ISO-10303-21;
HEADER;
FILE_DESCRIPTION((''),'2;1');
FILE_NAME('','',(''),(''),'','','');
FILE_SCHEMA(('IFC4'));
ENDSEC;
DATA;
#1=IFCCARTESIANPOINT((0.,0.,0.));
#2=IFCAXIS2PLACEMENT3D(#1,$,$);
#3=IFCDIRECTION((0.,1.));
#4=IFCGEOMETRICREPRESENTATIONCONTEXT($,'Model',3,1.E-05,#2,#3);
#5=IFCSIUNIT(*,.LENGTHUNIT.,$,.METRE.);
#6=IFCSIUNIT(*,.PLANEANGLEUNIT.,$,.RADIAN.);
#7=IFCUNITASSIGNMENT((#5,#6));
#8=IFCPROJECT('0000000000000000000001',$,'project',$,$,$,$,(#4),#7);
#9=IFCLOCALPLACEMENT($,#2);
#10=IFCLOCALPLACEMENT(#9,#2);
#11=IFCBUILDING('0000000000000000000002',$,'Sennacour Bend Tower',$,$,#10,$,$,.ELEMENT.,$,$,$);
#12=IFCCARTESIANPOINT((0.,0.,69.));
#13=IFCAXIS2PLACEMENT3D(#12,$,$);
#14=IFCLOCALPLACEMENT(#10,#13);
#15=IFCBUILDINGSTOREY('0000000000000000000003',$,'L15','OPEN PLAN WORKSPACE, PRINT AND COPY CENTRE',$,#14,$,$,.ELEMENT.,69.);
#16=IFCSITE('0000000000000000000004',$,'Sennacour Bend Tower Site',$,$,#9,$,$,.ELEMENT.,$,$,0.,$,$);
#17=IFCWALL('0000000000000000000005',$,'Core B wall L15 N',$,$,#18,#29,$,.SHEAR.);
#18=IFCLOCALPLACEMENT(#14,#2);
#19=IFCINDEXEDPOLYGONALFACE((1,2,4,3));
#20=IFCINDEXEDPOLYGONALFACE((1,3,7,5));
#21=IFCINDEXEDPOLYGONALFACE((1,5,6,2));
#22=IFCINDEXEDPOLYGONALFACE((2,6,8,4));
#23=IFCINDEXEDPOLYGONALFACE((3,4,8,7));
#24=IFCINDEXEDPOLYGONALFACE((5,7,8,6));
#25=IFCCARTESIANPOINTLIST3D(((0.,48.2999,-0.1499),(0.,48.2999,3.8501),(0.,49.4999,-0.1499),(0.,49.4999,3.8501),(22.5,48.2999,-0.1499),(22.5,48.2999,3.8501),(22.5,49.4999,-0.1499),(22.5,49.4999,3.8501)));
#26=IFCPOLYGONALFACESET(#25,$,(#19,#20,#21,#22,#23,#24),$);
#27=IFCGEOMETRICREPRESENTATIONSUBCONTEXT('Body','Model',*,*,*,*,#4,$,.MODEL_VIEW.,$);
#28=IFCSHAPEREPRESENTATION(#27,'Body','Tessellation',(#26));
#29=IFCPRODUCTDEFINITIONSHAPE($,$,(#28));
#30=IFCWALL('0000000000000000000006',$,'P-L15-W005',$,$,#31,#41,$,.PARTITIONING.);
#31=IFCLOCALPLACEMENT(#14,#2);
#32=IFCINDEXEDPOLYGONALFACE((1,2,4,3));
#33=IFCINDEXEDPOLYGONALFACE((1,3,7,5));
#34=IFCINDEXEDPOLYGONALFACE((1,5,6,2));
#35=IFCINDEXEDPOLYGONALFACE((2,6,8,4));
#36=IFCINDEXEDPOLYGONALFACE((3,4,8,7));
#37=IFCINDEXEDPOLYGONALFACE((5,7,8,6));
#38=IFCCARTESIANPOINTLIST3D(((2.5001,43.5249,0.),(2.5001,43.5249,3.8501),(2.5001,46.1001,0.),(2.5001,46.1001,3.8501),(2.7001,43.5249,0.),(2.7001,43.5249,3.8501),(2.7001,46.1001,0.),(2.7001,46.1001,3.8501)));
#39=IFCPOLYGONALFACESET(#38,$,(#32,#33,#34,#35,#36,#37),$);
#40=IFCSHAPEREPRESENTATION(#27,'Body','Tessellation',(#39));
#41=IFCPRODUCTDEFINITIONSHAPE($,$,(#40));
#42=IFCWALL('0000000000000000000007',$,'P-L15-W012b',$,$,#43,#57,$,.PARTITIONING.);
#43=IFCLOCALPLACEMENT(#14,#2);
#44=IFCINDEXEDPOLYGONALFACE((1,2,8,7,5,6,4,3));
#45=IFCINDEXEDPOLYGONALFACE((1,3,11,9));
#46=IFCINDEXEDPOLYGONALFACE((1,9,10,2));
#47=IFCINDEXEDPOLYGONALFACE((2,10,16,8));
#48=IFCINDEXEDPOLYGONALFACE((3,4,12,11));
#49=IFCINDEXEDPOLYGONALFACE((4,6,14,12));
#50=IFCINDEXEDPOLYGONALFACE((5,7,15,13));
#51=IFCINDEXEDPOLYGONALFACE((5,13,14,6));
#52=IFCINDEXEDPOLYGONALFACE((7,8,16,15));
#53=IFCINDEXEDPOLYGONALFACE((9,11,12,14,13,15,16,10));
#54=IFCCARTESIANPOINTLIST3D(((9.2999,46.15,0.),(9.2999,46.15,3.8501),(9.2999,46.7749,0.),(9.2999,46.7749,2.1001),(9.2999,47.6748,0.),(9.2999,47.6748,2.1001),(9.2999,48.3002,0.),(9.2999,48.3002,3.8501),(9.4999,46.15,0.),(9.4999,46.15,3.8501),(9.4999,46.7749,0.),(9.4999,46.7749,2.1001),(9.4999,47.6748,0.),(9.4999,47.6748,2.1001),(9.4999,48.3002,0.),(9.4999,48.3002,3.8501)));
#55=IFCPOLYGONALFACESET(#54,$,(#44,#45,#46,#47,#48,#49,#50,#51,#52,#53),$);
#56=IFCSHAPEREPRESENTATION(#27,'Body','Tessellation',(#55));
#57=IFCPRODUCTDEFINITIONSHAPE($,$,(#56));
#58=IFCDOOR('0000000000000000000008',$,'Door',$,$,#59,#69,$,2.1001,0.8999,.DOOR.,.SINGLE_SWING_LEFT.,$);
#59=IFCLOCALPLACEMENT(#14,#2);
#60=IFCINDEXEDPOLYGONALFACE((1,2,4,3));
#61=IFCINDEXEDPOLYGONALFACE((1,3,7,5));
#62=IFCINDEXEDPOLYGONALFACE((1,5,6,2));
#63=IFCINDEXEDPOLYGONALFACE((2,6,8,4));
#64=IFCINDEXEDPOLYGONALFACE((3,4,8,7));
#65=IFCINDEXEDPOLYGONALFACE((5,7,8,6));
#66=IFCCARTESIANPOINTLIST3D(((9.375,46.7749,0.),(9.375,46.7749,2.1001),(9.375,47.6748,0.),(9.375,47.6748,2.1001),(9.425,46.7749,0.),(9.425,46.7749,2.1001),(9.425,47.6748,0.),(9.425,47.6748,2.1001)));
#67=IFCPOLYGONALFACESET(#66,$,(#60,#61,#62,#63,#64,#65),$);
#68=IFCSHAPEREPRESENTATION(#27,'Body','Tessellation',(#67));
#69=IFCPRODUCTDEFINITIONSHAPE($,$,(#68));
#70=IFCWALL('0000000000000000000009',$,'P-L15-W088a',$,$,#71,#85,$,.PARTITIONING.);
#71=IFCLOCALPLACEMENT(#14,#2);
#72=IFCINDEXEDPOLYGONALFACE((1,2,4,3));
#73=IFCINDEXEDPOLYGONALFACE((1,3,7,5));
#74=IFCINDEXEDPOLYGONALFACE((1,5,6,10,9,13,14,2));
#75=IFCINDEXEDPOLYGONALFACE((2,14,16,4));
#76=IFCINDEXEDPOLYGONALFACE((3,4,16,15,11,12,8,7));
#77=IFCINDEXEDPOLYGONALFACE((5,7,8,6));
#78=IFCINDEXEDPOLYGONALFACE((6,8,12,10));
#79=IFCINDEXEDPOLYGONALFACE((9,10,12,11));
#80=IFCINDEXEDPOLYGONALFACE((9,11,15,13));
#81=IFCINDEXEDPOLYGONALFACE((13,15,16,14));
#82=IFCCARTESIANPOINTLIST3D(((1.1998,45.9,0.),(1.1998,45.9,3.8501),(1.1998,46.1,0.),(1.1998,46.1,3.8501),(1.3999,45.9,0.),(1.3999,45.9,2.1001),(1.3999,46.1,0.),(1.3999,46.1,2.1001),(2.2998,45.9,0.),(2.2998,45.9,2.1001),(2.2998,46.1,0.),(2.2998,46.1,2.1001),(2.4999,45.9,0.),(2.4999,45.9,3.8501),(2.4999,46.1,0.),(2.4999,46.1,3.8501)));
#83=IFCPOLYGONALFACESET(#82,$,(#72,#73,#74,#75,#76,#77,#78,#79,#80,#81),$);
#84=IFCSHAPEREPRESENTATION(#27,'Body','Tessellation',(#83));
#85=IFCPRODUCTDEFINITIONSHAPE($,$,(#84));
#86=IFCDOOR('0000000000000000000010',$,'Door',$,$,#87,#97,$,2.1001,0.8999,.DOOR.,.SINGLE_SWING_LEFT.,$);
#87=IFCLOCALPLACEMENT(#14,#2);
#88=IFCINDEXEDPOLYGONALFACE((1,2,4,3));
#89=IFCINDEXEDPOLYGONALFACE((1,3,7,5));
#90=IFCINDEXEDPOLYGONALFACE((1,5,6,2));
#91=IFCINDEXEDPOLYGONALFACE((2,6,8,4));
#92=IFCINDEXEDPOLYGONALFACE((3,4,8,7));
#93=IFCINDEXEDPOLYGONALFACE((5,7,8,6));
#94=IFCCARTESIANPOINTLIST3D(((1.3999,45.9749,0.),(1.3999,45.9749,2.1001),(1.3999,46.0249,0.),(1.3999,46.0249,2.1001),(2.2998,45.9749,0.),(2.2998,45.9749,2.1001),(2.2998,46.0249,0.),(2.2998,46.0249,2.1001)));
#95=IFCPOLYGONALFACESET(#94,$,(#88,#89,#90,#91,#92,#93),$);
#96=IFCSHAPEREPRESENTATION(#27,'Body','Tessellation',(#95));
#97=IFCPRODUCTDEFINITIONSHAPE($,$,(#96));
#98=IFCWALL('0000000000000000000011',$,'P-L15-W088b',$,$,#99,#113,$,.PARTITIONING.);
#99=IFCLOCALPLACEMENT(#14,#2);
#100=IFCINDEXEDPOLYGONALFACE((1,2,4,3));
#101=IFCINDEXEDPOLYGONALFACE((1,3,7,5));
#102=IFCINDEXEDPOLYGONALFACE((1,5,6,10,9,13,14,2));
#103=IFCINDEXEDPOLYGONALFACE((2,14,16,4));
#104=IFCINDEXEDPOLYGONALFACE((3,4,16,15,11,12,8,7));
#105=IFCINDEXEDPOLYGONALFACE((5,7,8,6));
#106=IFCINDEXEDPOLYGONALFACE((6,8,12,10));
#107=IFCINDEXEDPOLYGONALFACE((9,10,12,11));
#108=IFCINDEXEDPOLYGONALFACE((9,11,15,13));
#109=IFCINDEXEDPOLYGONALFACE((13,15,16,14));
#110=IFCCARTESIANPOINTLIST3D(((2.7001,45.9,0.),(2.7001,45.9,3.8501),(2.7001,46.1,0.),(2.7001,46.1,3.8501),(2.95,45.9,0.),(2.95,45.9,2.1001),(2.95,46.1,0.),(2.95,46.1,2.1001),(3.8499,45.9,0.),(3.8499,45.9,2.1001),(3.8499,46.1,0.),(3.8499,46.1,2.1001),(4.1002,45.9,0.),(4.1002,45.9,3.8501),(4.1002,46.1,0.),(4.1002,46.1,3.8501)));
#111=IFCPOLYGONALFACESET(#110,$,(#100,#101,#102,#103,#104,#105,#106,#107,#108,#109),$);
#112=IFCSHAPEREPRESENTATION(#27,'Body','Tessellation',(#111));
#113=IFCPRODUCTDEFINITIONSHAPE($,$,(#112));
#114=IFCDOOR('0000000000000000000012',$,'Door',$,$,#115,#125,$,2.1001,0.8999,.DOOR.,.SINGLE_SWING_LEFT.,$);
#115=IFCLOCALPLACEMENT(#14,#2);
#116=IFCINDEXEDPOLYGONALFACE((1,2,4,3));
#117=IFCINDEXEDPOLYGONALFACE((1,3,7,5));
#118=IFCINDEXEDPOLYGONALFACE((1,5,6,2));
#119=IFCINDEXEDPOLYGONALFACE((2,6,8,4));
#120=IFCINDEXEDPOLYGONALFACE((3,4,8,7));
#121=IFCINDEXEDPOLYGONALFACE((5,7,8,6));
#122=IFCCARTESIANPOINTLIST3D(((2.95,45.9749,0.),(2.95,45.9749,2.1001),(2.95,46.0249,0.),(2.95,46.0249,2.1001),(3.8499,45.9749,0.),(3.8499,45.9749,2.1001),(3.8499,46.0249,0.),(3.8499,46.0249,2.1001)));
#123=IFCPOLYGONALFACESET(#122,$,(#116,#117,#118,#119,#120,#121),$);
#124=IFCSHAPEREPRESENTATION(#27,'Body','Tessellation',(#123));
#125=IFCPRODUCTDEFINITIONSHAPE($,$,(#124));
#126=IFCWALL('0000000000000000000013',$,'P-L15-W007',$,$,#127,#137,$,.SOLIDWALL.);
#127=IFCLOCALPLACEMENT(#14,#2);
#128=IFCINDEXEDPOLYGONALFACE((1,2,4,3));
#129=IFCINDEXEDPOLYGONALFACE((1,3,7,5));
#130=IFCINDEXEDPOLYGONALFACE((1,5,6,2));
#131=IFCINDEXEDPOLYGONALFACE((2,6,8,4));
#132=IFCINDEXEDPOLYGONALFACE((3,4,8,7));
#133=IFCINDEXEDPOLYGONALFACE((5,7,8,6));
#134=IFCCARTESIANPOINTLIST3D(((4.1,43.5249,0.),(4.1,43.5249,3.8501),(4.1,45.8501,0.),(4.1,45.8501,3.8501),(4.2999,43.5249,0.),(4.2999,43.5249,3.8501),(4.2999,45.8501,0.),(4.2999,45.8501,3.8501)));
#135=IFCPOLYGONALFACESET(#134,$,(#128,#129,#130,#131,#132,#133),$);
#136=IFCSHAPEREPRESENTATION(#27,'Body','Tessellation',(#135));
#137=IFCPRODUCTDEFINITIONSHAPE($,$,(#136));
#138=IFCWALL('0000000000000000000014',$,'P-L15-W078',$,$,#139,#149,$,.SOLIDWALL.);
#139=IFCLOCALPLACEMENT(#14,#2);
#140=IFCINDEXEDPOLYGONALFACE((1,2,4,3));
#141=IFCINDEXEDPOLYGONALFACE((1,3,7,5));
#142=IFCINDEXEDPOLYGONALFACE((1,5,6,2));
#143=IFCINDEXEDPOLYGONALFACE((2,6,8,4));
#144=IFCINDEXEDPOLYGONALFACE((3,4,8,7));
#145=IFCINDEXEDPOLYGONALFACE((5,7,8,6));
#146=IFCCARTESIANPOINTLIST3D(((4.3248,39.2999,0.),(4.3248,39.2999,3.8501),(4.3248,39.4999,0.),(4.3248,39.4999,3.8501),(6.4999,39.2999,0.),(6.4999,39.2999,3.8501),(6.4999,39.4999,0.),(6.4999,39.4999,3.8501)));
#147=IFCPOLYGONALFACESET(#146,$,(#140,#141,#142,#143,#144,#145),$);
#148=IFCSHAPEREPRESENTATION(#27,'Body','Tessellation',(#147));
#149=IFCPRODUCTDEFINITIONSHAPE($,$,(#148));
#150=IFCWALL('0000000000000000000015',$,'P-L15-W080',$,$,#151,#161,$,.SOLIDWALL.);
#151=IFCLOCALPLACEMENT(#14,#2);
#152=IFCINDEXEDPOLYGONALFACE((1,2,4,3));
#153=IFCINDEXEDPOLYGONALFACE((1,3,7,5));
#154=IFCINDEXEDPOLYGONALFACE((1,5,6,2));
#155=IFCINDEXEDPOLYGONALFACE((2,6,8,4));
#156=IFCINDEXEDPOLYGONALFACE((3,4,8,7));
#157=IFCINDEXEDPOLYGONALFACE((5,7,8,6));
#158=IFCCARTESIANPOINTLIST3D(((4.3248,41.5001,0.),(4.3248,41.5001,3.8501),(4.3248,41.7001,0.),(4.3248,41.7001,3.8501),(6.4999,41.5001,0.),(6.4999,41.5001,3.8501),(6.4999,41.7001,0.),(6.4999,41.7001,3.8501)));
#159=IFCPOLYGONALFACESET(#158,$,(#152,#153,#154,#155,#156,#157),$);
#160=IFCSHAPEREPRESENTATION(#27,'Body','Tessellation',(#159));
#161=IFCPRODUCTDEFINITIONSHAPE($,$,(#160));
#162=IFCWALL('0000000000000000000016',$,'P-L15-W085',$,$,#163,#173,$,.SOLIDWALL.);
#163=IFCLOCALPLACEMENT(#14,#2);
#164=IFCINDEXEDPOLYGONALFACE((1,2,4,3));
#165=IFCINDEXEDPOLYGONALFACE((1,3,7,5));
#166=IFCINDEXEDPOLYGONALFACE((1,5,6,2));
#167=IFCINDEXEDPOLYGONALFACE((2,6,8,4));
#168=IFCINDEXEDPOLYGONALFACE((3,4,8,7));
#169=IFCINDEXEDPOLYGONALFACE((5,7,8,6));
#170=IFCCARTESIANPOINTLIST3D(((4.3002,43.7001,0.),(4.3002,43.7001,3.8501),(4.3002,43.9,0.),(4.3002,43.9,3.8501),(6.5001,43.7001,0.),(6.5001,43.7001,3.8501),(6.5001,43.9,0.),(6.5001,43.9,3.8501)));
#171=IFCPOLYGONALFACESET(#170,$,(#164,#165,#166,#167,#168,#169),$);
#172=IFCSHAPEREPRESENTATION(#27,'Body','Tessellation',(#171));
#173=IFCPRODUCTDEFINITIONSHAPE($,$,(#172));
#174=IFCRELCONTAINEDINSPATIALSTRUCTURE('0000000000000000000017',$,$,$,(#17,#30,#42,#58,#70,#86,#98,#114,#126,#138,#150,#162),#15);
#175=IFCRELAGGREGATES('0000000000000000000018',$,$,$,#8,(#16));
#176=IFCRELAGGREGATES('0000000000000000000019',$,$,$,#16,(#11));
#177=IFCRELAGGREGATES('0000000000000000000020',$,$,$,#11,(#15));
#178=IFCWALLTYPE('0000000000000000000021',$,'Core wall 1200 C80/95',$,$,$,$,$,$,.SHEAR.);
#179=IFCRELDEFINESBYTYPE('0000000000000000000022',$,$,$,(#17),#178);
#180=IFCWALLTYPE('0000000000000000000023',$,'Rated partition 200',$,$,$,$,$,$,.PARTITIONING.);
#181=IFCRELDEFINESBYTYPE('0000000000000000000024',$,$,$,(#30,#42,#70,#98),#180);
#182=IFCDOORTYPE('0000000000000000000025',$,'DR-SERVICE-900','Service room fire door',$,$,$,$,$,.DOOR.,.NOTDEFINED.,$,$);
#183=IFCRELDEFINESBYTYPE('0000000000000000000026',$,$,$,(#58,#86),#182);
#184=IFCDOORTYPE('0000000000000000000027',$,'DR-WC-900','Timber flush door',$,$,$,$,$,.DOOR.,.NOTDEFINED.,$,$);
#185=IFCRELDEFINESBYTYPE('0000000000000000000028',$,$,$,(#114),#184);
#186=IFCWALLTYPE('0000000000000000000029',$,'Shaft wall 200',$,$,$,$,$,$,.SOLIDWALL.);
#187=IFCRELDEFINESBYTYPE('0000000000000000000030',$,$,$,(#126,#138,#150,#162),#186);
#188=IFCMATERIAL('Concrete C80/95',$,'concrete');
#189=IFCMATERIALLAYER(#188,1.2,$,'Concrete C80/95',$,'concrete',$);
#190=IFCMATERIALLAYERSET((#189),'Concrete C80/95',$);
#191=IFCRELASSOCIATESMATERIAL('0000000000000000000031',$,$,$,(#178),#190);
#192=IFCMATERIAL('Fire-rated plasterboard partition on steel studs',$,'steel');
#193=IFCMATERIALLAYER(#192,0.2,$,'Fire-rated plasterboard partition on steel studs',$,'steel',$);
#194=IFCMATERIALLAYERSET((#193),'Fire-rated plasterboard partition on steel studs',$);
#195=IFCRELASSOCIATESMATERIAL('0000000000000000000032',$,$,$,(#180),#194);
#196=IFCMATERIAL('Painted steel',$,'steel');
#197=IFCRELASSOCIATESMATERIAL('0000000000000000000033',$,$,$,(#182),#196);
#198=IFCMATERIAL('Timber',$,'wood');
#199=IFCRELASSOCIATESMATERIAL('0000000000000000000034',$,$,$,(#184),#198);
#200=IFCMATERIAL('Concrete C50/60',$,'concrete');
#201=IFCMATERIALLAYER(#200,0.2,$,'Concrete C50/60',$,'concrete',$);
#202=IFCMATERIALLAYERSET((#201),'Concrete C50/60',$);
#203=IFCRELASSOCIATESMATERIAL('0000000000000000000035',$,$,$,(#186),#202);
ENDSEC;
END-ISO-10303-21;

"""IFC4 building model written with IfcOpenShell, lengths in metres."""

from ifc_helpers import new_model, si_unit, direction, frame, frame_2d, origin, place, context, subcontext, project, spatial, rectangle, extrude, material, layer, layer_set, type_object, element, fill, save


model = new_model("IFC4")

# Units and contexts
model_context = context("Model", 3, precision=1e-05, world=origin(), true_north=direction((0.0, 1.0)))
body_context = subcontext(model_context, "Body", "Model", "MODEL_VIEW")
ifc_project = project(units=[si_unit("LENGTHUNIT", "METRE"), si_unit("PLANEANGLEUNIT", "RADIAN")], contexts=[model_context])

# Site, building, storey
site_placement = place(None, origin())
site = spatial("IfcSite", under=ifc_project, at=site_placement, Name="Sennacour Bend Tower Site", CompositionType="ELEMENT", RefElevation=0.0)
building_placement = place(site_placement, origin())
building = spatial("IfcBuilding", under=site, at=building_placement, Name="Sennacour Bend Tower", CompositionType="ELEMENT")
storey_placement = place(building_placement, frame((0.0, 0.0, 69.0)))
storey = spatial("IfcBuildingStorey", under=building, at=storey_placement, Name="L15", Description="OPEN PLAN WORKSPACE, PRINT AND COPY CENTRE", CompositionType="ELEMENT", Elevation=69.0)

# Walls
ifc_material_1 = material(Name="Concrete C80/95", Category="concrete")
ifc_layer_1 = layer(ifc_material_1, 1.2, Name="Concrete C80/95", Category="concrete")
ifc_layer_set_1 = layer_set([ifc_layer_1], Name="Concrete C80/95")
wall_type_1 = type_object("IfcWallType", Name="Core wall 1200 C80/95", PredefinedType="SHEAR", material=ifc_layer_set_1)
wall_1_placement = place(storey_placement, frame((0.0, 48.8999, -0.1499), z_axis=(0.0, 0.0, 1.0), x_axis=(1.0, 0.0, 0.0)))
element("IfcWall", 1, at=wall_1_placement, inside=storey, type_object=wall_type_1, Name="Core B wall L15 N", PredefinedType="SHEAR", context=body_context, shape_type="SweptSolid", body=[
    extrude(rectangle(XDim=22.5, YDim=1.2, at=frame_2d((11.25, 0.0))), origin(), (0.0, 0.0, 1.0), 4.0),
])
ifc_material_2 = material(Name="Fire-rated plasterboard partition on steel studs", Category="steel")
ifc_layer_2 = layer(ifc_material_2, 0.2, Name="Fire-rated plasterboard partition on steel studs", Category="steel")
ifc_layer_set_2 = layer_set([ifc_layer_2], Name="Fire-rated plasterboard partition on steel studs")
wall_type_2 = type_object("IfcWallType", Name="Rated partition 200", PredefinedType="PARTITIONING", material=ifc_layer_set_2)
wall_2_placement = place(storey_placement, frame((2.6001, 43.5249, 0.0), z_axis=(0.0, 0.0, 1.0), x_axis=(0.0, 1.0, 0.0)))
element("IfcWall", 2, at=wall_2_placement, inside=storey, type_object=wall_type_2, Name="P-L15-W005", PredefinedType="PARTITIONING", context=body_context, shape_type="SweptSolid", body=[
    extrude(rectangle(XDim=2.5752, YDim=0.2, at=frame_2d((1.2876, 0.0))), origin(), (0.0, 0.0, 1.0), 3.8501),
])

# Walls, openings, doors
wall_3_placement = place(storey_placement, frame((9.3999, 46.1499, 0.0), z_axis=(0.0, 0.0, 1.0), x_axis=(0.0, 1.0, 0.0)))
wall_3 = element("IfcWall", 3, at=wall_3_placement, inside=storey, type_object=wall_type_2, Name="P-L15-W012b", PredefinedType="PARTITIONING", context=body_context, shape_type="SweptSolid", body=[
    extrude(rectangle(XDim=2.1501, YDim=0.2, at=frame_2d((1.0752, 0.0))), origin(), (0.0, 0.0, 1.0), 3.8501),
])
opening_1_placement = place(wall_3_placement, frame((0.625, 0.0, 0.0)))
opening_1 = element("IfcOpeningElement", 4, at=opening_1_placement, cuts=wall_3, PredefinedType="OPENING", context=body_context, shape_type="SweptSolid", body=[
    extrude(rectangle(XDim=0.8999, YDim=2.1001, at=frame_2d((0.45, 1.05))), frame((0.0, 0.1099, 0.0), z_axis=(0.0, -1.0, 0.0), x_axis=(1.0, 0.0, 0.0)), (0.0, 0.0, 1.0), 0.22),
])
ifc_material_3 = material(Name="Painted steel", Category="steel")
door_type_1 = type_object("IfcDoorType", Name="DR-SERVICE-900", Description="Service room fire door", OperationType="NOTDEFINED", PredefinedType="DOOR", material=ifc_material_3)
door_1_placement = place(opening_1_placement, origin())
door_1 = element("IfcDoor", 5, at=door_1_placement, inside=storey, type_object=door_type_1, Name="Door", OperationType="SINGLE_SWING_LEFT", OverallHeight=2.1001, OverallWidth=0.8999, PredefinedType="DOOR", context=body_context, shape_type="SweptSolid", body=[
    extrude(rectangle(XDim=0.8999, YDim=2.1001, at=frame_2d((0.45, 1.05))), frame((0.0, 0.0249, 0.0), z_axis=(0.0, -1.0, 0.0), x_axis=(1.0, 0.0, 0.0)), (0.0, 0.0, 1.0), 0.05),
])
fill(opening_1, door_1)
wall_4_placement = place(storey_placement, frame((1.2, 46.0, 0.0), z_axis=(0.0, 0.0, 1.0), x_axis=(1.0, 0.0, 0.0)))
wall_4 = element("IfcWall", 6, at=wall_4_placement, inside=storey, type_object=wall_type_2, Name="P-L15-W088a", PredefinedType="PARTITIONING", context=body_context, shape_type="SweptSolid", body=[
    extrude(rectangle(XDim=1.3, YDim=0.2, at=frame_2d((0.6499, 0.0))), origin(), (0.0, 0.0, 1.0), 3.8501),
])
opening_2_placement = place(wall_4_placement, frame((0.2, 0.0, 0.0)))
opening_2 = element("IfcOpeningElement", 7, at=opening_2_placement, cuts=wall_4, PredefinedType="OPENING", context=body_context, shape_type="SweptSolid", body=[
    extrude(rectangle(XDim=0.8999, YDim=2.1001, at=frame_2d((0.45, 1.05))), frame((0.0, 0.1099, 0.0), z_axis=(0.0, -1.0, 0.0), x_axis=(1.0, 0.0, 0.0)), (0.0, 0.0, 1.0), 0.22),
])
door_2_placement = place(opening_2_placement, origin())
door_2 = element("IfcDoor", 8, at=door_2_placement, inside=storey, type_object=door_type_1, Name="Door", OperationType="SINGLE_SWING_LEFT", OverallHeight=2.1001, OverallWidth=0.8999, PredefinedType="DOOR", context=body_context, shape_type="SweptSolid", body=[
    extrude(rectangle(XDim=0.8999, YDim=2.1001, at=frame_2d((0.45, 1.05))), frame((0.0, 0.0249, 0.0), z_axis=(0.0, -1.0, 0.0), x_axis=(1.0, 0.0, 0.0)), (0.0, 0.0, 1.0), 0.05),
])
fill(opening_2, door_2)
wall_5_placement = place(storey_placement, frame((2.7, 46.0, 0.0), z_axis=(0.0, 0.0, 1.0), x_axis=(1.0, 0.0, 0.0)))
wall_5 = element("IfcWall", 9, at=wall_5_placement, inside=storey, type_object=wall_type_2, Name="P-L15-W088b", PredefinedType="PARTITIONING", context=body_context, shape_type="SweptSolid", body=[
    extrude(rectangle(XDim=1.4001, YDim=0.2, at=frame_2d((0.7002, 0.0))), origin(), (0.0, 0.0, 1.0), 3.8501),
])
opening_3_placement = place(wall_5_placement, frame((0.25, 0.0, 0.0)))
opening_3 = element("IfcOpeningElement", 10, at=opening_3_placement, cuts=wall_5, PredefinedType="OPENING", context=body_context, shape_type="SweptSolid", body=[
    extrude(rectangle(XDim=0.8999, YDim=2.1001, at=frame_2d((0.45, 1.05))), frame((0.0, 0.1099, 0.0), z_axis=(0.0, -1.0, 0.0), x_axis=(1.0, 0.0, 0.0)), (0.0, 0.0, 1.0), 0.22),
])
ifc_material_4 = material(Name="Timber", Category="wood")
door_type_2 = type_object("IfcDoorType", Name="DR-WC-900", Description="Timber flush door", OperationType="NOTDEFINED", PredefinedType="DOOR", material=ifc_material_4)
door_3_placement = place(opening_3_placement, origin())
door_3 = element("IfcDoor", 11, at=door_3_placement, inside=storey, type_object=door_type_2, Name="Door", OperationType="SINGLE_SWING_LEFT", OverallHeight=2.1001, OverallWidth=0.8999, PredefinedType="DOOR", context=body_context, shape_type="SweptSolid", body=[
    extrude(rectangle(XDim=0.8999, YDim=2.1001, at=frame_2d((0.45, 1.05))), frame((0.0, 0.0249, 0.0), z_axis=(0.0, -1.0, 0.0), x_axis=(1.0, 0.0, 0.0)), (0.0, 0.0, 1.0), 0.05),
])
fill(opening_3, door_3)

# Walls
ifc_material_5 = material(Name="Concrete C50/60", Category="concrete")
ifc_layer_3 = layer(ifc_material_5, 0.2, Name="Concrete C50/60", Category="concrete")
ifc_layer_set_3 = layer_set([ifc_layer_3], Name="Concrete C50/60")
wall_type_3 = type_object("IfcWallType", Name="Shaft wall 200", PredefinedType="SOLIDWALL", material=ifc_layer_set_3)
wall_6_placement = place(storey_placement, frame((4.2, 43.5249, 0.0), z_axis=(0.0, 0.0, 1.0), x_axis=(0.0, 1.0, 0.0)))
element("IfcWall", 12, at=wall_6_placement, inside=storey, type_object=wall_type_3, Name="P-L15-W007", PredefinedType="SOLIDWALL", context=body_context, shape_type="SweptSolid", body=[
    extrude(rectangle(XDim=2.3252, YDim=0.2, at=frame_2d((1.1626, 0.0))), origin(), (0.0, 0.0, 1.0), 3.8501),
])
for number, where, z_axis, x_axis, name in (
    (13, (4.325, 39.3999, 0.0), (0.0, 0.0, 1.0), (1.0, 0.0, 0.0), "P-L15-W078"),
    (14, (4.325, 41.6001, 0.0), (0.0, 0.0, 1.0), (1.0, 0.0, 0.0), "P-L15-W080"),
):
    element("IfcWall", number, at=place(storey_placement, frame(where, z_axis=z_axis, x_axis=x_axis)), inside=storey, type_object=wall_type_3, Name=name, PredefinedType="SOLIDWALL", context=body_context, shape_type="SweptSolid", body=[
        extrude(rectangle(XDim=2.175, YDim=0.2, at=frame_2d((1.0874, 0.0))), origin(), (0.0, 0.0, 1.0), 3.8501),
    ])
wall_7_placement = place(storey_placement, frame((4.3, 43.8, 0.0), z_axis=(0.0, 0.0, 1.0), x_axis=(1.0, 0.0, 0.0)))
element("IfcWall", 15, at=wall_7_placement, inside=storey, type_object=wall_type_3, Name="P-L15-W085", PredefinedType="SOLIDWALL", context=body_context, shape_type="SweptSolid", body=[
    extrude(rectangle(XDim=2.2, YDim=0.2, at=frame_2d((1.1001, 0.0))), origin(), (0.0, 0.0, 1.0), 3.8501),
])

save(model, "model.ifc")
